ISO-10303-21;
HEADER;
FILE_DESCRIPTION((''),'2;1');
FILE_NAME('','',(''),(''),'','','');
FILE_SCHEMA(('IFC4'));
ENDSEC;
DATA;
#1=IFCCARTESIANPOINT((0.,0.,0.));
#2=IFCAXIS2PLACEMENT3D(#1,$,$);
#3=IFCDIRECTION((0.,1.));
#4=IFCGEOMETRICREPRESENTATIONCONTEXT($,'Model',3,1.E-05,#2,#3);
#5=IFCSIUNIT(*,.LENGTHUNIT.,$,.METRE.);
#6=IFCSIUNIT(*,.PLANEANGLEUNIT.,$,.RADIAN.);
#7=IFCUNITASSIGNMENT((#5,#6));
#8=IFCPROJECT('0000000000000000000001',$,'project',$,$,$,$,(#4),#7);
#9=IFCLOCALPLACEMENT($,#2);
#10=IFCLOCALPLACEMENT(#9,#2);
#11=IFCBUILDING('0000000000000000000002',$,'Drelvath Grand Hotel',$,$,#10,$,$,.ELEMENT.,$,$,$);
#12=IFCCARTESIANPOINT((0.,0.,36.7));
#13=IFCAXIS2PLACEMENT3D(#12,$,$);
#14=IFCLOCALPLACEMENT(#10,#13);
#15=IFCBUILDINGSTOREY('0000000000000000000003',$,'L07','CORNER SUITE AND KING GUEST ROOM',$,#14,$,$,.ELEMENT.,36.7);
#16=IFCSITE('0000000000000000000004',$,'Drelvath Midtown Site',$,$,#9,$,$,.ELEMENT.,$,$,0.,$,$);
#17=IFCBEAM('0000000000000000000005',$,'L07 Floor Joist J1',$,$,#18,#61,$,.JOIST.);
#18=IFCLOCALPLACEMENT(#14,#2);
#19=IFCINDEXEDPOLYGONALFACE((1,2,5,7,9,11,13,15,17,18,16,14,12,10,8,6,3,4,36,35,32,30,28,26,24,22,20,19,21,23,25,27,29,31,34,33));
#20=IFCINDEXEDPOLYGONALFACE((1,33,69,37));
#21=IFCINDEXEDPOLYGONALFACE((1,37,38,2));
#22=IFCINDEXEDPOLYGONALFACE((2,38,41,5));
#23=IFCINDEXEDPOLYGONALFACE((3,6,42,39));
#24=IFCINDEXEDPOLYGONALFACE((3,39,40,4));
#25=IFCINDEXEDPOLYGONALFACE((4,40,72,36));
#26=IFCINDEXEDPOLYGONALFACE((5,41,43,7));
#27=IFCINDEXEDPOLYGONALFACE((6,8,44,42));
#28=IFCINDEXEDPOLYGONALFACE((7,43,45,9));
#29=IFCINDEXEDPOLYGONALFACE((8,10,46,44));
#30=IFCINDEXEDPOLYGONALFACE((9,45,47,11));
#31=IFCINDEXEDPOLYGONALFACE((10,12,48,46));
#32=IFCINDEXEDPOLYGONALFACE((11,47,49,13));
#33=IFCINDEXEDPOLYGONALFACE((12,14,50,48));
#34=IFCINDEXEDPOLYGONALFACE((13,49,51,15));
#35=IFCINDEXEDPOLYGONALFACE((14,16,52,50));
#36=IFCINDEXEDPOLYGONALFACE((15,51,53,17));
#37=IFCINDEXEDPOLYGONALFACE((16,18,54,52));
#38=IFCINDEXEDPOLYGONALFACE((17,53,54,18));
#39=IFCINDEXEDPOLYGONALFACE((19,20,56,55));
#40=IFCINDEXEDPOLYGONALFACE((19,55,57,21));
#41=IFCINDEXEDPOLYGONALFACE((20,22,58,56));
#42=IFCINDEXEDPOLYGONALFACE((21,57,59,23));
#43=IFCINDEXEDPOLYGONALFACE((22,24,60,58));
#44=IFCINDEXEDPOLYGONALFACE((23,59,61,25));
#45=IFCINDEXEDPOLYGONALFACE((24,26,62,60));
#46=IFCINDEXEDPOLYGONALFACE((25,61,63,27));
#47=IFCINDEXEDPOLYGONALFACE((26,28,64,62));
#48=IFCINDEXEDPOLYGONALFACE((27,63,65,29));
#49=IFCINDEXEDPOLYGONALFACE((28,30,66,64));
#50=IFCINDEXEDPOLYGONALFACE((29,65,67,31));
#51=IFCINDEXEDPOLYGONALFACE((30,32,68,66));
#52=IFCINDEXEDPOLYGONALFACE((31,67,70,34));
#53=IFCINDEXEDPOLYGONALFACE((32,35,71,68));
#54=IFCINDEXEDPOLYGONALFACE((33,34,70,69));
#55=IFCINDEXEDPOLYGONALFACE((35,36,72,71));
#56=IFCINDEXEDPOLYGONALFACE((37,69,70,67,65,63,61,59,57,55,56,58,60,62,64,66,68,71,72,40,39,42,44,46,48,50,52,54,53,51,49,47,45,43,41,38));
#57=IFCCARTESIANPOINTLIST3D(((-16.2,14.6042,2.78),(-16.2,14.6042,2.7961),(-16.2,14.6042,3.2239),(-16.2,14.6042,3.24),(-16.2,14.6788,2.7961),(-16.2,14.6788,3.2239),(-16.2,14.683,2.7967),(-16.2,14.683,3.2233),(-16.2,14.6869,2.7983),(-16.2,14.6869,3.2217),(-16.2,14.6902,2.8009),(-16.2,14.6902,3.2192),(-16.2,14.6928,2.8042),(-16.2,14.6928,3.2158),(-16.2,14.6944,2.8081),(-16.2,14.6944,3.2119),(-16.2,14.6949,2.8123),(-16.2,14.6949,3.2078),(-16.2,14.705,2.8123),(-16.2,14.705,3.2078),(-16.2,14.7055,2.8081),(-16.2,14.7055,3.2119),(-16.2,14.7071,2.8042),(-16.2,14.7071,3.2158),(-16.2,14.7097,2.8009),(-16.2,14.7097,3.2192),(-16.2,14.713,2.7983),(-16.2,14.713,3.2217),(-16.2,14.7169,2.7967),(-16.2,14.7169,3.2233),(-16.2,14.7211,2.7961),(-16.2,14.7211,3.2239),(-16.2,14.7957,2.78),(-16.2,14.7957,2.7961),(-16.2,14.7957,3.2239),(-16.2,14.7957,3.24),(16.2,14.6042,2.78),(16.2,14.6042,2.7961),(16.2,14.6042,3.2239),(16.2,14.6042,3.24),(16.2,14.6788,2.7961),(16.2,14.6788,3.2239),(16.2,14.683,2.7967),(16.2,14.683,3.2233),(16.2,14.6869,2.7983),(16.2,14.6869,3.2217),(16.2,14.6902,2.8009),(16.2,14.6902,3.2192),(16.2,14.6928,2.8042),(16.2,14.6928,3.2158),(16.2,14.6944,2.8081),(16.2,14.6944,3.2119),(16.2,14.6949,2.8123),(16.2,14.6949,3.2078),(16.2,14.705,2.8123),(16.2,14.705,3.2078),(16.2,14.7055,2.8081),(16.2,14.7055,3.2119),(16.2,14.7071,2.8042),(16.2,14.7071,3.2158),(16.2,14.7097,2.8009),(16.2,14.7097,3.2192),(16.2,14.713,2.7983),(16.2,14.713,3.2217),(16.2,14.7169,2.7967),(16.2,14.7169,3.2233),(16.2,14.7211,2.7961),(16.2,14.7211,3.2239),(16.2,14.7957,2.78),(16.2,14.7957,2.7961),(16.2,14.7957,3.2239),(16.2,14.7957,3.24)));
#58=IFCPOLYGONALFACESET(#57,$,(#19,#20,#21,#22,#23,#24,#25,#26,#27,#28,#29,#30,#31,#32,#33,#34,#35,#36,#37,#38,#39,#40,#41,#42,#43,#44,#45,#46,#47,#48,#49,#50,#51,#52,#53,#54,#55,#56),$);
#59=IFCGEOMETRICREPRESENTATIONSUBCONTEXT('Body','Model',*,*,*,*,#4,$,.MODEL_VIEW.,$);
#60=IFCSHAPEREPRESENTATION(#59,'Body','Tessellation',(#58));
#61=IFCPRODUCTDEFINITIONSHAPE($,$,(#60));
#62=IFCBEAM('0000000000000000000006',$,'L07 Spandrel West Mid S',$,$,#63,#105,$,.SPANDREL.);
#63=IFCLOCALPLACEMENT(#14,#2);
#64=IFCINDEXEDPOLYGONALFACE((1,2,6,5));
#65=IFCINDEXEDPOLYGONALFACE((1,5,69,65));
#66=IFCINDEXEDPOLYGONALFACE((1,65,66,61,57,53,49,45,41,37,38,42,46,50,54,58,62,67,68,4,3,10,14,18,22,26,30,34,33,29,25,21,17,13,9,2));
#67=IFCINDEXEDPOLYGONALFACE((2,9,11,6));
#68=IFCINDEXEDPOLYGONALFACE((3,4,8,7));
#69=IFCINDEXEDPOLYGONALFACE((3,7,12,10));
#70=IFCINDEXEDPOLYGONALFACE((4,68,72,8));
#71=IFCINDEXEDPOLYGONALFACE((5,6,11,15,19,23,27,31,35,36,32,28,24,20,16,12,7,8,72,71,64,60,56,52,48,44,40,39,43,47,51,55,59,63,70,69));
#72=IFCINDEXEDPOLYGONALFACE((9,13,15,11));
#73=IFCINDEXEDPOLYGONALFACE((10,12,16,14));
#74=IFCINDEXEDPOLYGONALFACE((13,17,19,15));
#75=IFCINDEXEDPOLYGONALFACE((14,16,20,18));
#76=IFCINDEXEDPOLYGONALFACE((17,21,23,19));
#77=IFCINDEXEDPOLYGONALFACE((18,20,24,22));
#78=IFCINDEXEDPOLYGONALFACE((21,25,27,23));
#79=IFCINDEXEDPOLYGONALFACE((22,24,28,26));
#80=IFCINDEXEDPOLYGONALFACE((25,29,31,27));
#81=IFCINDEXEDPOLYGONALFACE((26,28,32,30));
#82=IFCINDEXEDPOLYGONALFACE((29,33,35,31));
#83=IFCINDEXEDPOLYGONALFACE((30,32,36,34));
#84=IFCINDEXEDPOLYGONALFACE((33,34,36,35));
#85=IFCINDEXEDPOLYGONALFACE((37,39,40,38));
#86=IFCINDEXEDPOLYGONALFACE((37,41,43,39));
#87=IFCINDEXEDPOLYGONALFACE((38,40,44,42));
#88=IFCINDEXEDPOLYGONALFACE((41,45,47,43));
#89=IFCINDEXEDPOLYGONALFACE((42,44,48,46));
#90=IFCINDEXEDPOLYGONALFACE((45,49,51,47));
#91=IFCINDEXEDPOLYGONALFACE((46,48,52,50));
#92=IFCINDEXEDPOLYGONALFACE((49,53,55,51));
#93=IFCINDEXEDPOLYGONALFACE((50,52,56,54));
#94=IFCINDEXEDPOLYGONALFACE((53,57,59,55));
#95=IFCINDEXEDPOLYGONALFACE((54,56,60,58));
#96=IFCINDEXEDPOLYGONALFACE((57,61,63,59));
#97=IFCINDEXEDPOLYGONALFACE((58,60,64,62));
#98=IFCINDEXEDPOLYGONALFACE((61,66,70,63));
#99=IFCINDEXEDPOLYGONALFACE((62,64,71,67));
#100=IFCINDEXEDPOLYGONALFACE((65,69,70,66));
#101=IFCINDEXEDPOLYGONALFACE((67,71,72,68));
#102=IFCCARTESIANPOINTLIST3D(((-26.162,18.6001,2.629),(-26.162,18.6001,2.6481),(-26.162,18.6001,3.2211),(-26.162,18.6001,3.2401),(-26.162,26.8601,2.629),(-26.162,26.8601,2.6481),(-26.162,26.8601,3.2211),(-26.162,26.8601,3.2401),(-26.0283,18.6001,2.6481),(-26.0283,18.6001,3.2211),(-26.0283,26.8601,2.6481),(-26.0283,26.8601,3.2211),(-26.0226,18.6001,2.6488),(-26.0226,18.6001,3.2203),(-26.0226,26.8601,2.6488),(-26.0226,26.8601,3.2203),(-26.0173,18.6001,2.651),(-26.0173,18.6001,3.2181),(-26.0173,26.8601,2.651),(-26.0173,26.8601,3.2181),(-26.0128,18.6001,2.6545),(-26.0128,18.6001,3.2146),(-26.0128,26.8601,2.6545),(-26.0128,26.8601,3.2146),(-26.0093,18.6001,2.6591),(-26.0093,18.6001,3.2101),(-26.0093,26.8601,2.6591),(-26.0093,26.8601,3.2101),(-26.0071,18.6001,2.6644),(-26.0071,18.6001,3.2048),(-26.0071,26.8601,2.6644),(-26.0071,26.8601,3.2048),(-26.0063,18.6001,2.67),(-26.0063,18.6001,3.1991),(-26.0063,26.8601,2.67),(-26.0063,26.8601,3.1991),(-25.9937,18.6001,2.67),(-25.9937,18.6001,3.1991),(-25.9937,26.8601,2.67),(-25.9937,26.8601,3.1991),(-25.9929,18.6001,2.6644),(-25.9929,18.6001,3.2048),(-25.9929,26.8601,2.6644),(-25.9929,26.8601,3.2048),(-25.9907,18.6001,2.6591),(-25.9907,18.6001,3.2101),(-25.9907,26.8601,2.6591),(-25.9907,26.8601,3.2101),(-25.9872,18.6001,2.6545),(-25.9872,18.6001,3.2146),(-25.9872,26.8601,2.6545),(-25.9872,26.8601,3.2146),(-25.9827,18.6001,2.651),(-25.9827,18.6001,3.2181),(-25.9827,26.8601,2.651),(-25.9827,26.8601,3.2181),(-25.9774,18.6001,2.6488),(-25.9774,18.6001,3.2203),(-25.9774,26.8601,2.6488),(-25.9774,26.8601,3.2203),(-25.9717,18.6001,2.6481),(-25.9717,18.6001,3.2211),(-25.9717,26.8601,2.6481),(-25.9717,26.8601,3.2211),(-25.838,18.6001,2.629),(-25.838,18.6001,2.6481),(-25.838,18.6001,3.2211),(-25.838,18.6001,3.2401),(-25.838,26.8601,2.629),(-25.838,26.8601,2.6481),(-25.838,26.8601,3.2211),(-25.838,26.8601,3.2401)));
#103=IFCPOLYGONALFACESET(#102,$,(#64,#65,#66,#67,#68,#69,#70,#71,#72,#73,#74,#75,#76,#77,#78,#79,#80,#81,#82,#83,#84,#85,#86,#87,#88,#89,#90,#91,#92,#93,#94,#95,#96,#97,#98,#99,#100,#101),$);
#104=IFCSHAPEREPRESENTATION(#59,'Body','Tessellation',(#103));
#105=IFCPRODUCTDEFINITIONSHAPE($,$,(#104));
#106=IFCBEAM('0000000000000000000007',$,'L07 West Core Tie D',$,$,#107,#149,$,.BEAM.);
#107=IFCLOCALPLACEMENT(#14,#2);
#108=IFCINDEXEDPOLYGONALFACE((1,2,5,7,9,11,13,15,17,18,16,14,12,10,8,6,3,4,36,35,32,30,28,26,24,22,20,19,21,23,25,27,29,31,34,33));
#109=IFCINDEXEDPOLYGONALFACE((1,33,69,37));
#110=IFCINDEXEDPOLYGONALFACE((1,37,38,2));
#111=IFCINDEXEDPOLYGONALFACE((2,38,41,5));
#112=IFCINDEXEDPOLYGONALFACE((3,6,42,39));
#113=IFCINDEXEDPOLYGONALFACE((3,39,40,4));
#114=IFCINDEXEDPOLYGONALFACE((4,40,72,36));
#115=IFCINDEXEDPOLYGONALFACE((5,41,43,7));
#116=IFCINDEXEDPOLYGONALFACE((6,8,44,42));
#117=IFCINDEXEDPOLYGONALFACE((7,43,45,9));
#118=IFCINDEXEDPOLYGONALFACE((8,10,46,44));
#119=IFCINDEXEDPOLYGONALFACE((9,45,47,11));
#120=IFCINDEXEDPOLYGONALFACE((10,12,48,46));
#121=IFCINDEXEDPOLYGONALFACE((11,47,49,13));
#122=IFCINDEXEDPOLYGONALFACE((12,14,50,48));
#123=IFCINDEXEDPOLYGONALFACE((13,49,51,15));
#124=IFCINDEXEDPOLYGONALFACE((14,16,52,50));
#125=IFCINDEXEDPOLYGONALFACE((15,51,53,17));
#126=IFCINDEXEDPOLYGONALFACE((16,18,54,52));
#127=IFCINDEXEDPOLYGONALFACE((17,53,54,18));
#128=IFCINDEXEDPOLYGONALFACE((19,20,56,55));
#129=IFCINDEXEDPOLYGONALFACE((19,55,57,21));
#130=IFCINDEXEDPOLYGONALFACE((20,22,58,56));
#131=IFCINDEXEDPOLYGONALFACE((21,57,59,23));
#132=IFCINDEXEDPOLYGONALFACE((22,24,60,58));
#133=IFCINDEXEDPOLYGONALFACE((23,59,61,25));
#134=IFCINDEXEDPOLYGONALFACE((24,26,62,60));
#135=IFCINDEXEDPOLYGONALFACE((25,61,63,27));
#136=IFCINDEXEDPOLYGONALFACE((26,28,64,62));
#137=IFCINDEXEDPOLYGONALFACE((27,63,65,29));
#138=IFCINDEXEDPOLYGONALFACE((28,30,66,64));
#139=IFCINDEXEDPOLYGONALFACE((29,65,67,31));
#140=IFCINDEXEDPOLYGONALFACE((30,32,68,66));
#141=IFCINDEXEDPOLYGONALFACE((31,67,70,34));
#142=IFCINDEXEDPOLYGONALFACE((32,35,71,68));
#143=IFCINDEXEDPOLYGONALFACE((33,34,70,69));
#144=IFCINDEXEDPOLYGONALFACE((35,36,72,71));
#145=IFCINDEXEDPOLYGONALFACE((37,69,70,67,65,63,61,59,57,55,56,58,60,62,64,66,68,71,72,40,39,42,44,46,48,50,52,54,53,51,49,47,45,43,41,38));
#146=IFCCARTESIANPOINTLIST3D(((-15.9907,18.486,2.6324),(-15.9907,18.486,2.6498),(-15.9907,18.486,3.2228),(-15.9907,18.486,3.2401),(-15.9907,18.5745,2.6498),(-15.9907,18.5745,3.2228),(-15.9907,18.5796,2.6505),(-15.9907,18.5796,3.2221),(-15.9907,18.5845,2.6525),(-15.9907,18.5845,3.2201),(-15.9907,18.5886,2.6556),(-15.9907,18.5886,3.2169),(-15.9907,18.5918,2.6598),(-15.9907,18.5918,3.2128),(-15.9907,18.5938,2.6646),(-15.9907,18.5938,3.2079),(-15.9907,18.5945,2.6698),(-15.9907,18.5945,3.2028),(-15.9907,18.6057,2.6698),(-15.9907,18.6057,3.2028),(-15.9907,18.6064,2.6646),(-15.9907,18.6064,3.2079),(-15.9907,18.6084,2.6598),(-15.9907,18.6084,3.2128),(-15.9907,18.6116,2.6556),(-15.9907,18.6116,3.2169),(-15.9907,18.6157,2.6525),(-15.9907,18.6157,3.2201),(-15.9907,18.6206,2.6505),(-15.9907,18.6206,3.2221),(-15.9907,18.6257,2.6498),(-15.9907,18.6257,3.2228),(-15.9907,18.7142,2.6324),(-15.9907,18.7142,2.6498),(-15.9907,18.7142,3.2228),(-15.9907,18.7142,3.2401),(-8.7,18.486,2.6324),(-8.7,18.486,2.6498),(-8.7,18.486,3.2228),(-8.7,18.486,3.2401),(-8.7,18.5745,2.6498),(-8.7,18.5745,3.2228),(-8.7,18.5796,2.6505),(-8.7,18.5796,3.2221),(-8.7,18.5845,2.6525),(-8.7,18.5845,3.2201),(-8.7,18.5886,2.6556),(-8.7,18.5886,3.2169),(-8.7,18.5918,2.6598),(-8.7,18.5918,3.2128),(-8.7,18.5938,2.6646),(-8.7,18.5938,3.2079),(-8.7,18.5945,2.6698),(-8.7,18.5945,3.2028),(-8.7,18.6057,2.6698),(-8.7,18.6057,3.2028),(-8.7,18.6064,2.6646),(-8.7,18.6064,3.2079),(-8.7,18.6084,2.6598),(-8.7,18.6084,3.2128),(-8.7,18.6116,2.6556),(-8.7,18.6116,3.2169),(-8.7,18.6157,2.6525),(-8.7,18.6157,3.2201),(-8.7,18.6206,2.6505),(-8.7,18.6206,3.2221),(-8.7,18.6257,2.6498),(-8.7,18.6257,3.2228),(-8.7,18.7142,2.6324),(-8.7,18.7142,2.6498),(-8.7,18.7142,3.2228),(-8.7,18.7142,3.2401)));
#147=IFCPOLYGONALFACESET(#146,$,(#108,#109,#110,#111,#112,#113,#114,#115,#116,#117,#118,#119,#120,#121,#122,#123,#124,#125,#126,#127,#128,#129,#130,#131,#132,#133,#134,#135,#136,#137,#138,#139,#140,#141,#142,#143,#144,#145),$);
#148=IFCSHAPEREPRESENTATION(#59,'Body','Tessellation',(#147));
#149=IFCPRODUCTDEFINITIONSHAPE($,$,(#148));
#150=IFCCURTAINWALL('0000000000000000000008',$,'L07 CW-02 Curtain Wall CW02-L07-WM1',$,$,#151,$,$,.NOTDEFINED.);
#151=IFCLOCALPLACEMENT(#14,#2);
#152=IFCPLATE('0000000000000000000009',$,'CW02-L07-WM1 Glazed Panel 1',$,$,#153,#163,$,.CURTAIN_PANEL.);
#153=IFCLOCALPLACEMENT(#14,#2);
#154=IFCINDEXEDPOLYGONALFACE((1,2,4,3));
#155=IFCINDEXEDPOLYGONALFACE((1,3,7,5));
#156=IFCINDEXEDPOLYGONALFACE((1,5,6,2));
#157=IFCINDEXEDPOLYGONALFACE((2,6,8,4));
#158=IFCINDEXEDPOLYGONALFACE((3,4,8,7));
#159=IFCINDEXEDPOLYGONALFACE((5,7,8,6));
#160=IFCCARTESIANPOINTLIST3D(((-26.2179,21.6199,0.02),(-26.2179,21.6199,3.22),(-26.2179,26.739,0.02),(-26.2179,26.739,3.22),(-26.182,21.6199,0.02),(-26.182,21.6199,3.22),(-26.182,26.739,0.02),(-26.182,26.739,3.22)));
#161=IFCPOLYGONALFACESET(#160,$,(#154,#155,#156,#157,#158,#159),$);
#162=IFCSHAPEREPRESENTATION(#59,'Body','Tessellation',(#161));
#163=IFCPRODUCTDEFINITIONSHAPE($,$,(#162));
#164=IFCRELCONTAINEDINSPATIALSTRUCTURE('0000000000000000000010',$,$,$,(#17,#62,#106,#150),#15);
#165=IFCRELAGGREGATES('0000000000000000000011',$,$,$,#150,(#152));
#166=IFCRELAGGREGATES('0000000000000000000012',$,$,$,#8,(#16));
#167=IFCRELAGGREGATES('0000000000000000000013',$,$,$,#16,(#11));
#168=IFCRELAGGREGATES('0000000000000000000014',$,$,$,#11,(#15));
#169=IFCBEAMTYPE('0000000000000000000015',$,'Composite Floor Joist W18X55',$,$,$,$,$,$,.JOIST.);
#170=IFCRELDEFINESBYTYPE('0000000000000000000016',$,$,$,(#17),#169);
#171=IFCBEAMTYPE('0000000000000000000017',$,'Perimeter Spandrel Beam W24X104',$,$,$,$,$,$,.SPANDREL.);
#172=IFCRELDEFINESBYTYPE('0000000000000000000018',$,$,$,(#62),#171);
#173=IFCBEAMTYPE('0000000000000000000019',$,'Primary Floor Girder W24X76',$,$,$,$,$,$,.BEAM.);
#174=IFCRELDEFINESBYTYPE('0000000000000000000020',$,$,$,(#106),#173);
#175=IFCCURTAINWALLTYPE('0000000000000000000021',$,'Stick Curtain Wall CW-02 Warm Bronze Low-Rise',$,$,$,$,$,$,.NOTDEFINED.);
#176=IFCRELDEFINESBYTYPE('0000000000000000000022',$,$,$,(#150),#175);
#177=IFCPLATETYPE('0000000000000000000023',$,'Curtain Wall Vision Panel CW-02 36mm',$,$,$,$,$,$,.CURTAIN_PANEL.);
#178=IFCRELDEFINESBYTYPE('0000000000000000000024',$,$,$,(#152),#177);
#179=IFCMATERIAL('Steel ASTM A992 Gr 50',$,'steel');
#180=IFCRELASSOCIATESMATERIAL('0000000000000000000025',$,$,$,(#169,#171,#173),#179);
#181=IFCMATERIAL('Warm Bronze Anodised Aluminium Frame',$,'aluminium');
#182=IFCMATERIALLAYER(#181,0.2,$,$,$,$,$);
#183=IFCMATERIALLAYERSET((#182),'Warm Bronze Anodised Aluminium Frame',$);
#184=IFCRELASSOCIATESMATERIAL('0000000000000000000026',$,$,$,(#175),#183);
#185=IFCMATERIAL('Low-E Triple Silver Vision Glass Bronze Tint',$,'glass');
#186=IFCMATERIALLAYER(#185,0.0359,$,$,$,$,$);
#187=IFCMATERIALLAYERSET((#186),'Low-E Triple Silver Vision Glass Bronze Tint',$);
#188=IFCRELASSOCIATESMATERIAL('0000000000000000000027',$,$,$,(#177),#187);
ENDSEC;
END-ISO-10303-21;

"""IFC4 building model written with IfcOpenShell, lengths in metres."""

from ifc_helpers import new_model, si_unit, direction, frame, origin, origin_2d, place, context, subcontext, project, spatial, rectangle, i_section, extrude, material, layer, layer_set, material_profile, profile_set, type_object, element, aggregate, save


model = new_model("IFC4")

# Units and contexts
model_context = context("Model", 3, precision=1e-05, world=origin(), true_north=direction((0.0, 1.0)))
body_context = subcontext(model_context, "Body", "Model", "MODEL_VIEW")
ifc_project = project(units=[si_unit("LENGTHUNIT", "METRE"), si_unit("PLANEANGLEUNIT", "RADIAN")], contexts=[model_context])

# Site, building, storey
site_placement = place(None, origin())
site = spatial("IfcSite", under=ifc_project, at=site_placement, Name="Drelvath Midtown Site", CompositionType="ELEMENT", RefElevation=0.0)
building_placement = place(site_placement, origin())
building = spatial("IfcBuilding", under=site, at=building_placement, Name="Drelvath Grand Hotel", CompositionType="ELEMENT")
storey_placement = place(building_placement, frame((0.0, 0.0, 36.7)))
storey = spatial("IfcBuildingStorey", under=building, at=storey_placement, Name="L07", Description="CORNER SUITE AND KING GUEST ROOM", CompositionType="ELEMENT", Elevation=36.7)

# Beams
ifc_material_1 = material(Name="Steel ASTM A992 Gr 50", Category="steel")
ifc_material_profile_1 = material_profile(ifc_material_1, i_section(OverallWidth=0.1914, OverallDepth=0.46, WebThickness=0.01, FlangeThickness=0.0161, FilletRadius=0.0161, at=origin_2d()), Name="W18X55")
ifc_profile_set_1 = profile_set([ifc_material_profile_1], Name="Steel ASTM A992 Gr 50")
beam_type_1 = type_object("IfcBeamType", Name="Composite Floor Joist W18X55", PredefinedType="JOIST", material=ifc_profile_set_1)
beam_1_placement = place(storey_placement, frame((-16.2, 14.7, 3.01), z_axis=(1.0, 0.0, 0.0), x_axis=(0.0, 1.0, 0.0)))
element("IfcBeam", 1, at=beam_1_placement, inside=storey, type_object=beam_type_1, Name="L07 Floor Joist J1", PredefinedType="JOIST", context=body_context, shape_type="SweptSolid", body=[
    extrude(i_section(OverallWidth=0.1914, OverallDepth=0.46, WebThickness=0.01, FlangeThickness=0.0161, FilletRadius=0.0161, at=origin_2d()), origin(), (0.0, 0.0, 1.0), 32.3999),
])
ifc_material_profile_2 = material_profile(ifc_material_1, i_section(OverallWidth=0.324, OverallDepth=0.6111, WebThickness=0.0127, FlangeThickness=0.019, FilletRadius=0.022, at=origin_2d()), Name="W24X104")
ifc_profile_set_2 = profile_set([ifc_material_profile_2], Name="Steel ASTM A992 Gr 50")
beam_type_2 = type_object("IfcBeamType", Name="Perimeter Spandrel Beam W24X104", PredefinedType="SPANDREL", material=ifc_profile_set_2)
beam_2_placement = place(storey_placement, frame((-26.0, 18.6001, 2.9346), z_axis=(0.0, 1.0, 0.0), x_axis=(-1.0, 0.0, 0.0)))
element("IfcBeam", 2, at=beam_2_placement, inside=storey, type_object=beam_type_2, Name="L07 Spandrel West Mid S", PredefinedType="SPANDREL", context=body_context, shape_type="SweptSolid", body=[
    extrude(i_section(OverallWidth=0.324, OverallDepth=0.6111, WebThickness=0.0127, FlangeThickness=0.019, FilletRadius=0.022, at=origin_2d()), origin(), (0.0, 0.0, 1.0), 8.26),
])
ifc_material_profile_3 = material_profile(ifc_material_1, i_section(OverallWidth=0.2283, OverallDepth=0.6077, WebThickness=0.0112, FlangeThickness=0.0173, FilletRadius=0.02, at=origin_2d()), Name="W24X76")
ifc_profile_set_3 = profile_set([ifc_material_profile_3], Name="Steel ASTM A992 Gr 50")
beam_type_3 = type_object("IfcBeamType", Name="Primary Floor Girder W24X76", PredefinedType="BEAM", material=ifc_profile_set_3)
beam_3_placement = place(storey_placement, frame((-15.9907, 18.6001, 2.9363), z_axis=(1.0, 0.0, 0.0), x_axis=(0.0, 1.0, 0.0)))
element("IfcBeam", 3, at=beam_3_placement, inside=storey, type_object=beam_type_3, Name="L07 West Core Tie D", PredefinedType="BEAM", context=body_context, shape_type="SweptSolid", body=[
    extrude(i_section(OverallWidth=0.2283, OverallDepth=0.6077, WebThickness=0.0112, FlangeThickness=0.0173, FilletRadius=0.02, at=origin_2d()), origin(), (0.0, 0.0, 1.0), 7.2908),
])

# Curtain wall, plate
ifc_material_2 = material(Name="Warm Bronze Anodised Aluminium Frame", Category="aluminium")
ifc_layer_1 = layer(ifc_material_2, 0.2)
ifc_layer_set_1 = layer_set([ifc_layer_1], Name="Warm Bronze Anodised Aluminium Frame")
curtain_wall_type = type_object("IfcCurtainWallType", Name="Stick Curtain Wall CW-02 Warm Bronze Low-Rise", PredefinedType="NOTDEFINED", material=ifc_layer_set_1)
curtain_wall_placement = place(storey_placement, origin())
curtain_wall = element("IfcCurtainWall", 4, at=curtain_wall_placement, inside=storey, type_object=curtain_wall_type, Name="L07 CW-02 Curtain Wall CW02-L07-WM1", PredefinedType="NOTDEFINED")
ifc_material_3 = material(Name="Low-E Triple Silver Vision Glass Bronze Tint", Category="glass")
ifc_layer_2 = layer(ifc_material_3, 0.0359)
ifc_layer_set_2 = layer_set([ifc_layer_2], Name="Low-E Triple Silver Vision Glass Bronze Tint")
plate_type = type_object("IfcPlateType", Name="Curtain Wall Vision Panel CW-02 36mm", PredefinedType="CURTAIN_PANEL", material=ifc_layer_set_2)
plate_placement = place(storey_placement, frame((-26.2, 24.1794, 0.02), z_axis=(0.0, 0.0, 1.0), x_axis=(0.0, 1.0, 0.0)))
plate = element("IfcPlate", 5, at=plate_placement, type_object=plate_type, Name="CW02-L07-WM1 Glazed Panel 1", PredefinedType="CURTAIN_PANEL", context=body_context, shape_type="SweptSolid", body=[
    extrude(rectangle(XDim=5.1191, YDim=0.0359, at=origin_2d()), origin(), (0.0, 0.0, 1.0), 3.2),
])
aggregate(curtain_wall, [plate])

save(model, "model.ifc")
